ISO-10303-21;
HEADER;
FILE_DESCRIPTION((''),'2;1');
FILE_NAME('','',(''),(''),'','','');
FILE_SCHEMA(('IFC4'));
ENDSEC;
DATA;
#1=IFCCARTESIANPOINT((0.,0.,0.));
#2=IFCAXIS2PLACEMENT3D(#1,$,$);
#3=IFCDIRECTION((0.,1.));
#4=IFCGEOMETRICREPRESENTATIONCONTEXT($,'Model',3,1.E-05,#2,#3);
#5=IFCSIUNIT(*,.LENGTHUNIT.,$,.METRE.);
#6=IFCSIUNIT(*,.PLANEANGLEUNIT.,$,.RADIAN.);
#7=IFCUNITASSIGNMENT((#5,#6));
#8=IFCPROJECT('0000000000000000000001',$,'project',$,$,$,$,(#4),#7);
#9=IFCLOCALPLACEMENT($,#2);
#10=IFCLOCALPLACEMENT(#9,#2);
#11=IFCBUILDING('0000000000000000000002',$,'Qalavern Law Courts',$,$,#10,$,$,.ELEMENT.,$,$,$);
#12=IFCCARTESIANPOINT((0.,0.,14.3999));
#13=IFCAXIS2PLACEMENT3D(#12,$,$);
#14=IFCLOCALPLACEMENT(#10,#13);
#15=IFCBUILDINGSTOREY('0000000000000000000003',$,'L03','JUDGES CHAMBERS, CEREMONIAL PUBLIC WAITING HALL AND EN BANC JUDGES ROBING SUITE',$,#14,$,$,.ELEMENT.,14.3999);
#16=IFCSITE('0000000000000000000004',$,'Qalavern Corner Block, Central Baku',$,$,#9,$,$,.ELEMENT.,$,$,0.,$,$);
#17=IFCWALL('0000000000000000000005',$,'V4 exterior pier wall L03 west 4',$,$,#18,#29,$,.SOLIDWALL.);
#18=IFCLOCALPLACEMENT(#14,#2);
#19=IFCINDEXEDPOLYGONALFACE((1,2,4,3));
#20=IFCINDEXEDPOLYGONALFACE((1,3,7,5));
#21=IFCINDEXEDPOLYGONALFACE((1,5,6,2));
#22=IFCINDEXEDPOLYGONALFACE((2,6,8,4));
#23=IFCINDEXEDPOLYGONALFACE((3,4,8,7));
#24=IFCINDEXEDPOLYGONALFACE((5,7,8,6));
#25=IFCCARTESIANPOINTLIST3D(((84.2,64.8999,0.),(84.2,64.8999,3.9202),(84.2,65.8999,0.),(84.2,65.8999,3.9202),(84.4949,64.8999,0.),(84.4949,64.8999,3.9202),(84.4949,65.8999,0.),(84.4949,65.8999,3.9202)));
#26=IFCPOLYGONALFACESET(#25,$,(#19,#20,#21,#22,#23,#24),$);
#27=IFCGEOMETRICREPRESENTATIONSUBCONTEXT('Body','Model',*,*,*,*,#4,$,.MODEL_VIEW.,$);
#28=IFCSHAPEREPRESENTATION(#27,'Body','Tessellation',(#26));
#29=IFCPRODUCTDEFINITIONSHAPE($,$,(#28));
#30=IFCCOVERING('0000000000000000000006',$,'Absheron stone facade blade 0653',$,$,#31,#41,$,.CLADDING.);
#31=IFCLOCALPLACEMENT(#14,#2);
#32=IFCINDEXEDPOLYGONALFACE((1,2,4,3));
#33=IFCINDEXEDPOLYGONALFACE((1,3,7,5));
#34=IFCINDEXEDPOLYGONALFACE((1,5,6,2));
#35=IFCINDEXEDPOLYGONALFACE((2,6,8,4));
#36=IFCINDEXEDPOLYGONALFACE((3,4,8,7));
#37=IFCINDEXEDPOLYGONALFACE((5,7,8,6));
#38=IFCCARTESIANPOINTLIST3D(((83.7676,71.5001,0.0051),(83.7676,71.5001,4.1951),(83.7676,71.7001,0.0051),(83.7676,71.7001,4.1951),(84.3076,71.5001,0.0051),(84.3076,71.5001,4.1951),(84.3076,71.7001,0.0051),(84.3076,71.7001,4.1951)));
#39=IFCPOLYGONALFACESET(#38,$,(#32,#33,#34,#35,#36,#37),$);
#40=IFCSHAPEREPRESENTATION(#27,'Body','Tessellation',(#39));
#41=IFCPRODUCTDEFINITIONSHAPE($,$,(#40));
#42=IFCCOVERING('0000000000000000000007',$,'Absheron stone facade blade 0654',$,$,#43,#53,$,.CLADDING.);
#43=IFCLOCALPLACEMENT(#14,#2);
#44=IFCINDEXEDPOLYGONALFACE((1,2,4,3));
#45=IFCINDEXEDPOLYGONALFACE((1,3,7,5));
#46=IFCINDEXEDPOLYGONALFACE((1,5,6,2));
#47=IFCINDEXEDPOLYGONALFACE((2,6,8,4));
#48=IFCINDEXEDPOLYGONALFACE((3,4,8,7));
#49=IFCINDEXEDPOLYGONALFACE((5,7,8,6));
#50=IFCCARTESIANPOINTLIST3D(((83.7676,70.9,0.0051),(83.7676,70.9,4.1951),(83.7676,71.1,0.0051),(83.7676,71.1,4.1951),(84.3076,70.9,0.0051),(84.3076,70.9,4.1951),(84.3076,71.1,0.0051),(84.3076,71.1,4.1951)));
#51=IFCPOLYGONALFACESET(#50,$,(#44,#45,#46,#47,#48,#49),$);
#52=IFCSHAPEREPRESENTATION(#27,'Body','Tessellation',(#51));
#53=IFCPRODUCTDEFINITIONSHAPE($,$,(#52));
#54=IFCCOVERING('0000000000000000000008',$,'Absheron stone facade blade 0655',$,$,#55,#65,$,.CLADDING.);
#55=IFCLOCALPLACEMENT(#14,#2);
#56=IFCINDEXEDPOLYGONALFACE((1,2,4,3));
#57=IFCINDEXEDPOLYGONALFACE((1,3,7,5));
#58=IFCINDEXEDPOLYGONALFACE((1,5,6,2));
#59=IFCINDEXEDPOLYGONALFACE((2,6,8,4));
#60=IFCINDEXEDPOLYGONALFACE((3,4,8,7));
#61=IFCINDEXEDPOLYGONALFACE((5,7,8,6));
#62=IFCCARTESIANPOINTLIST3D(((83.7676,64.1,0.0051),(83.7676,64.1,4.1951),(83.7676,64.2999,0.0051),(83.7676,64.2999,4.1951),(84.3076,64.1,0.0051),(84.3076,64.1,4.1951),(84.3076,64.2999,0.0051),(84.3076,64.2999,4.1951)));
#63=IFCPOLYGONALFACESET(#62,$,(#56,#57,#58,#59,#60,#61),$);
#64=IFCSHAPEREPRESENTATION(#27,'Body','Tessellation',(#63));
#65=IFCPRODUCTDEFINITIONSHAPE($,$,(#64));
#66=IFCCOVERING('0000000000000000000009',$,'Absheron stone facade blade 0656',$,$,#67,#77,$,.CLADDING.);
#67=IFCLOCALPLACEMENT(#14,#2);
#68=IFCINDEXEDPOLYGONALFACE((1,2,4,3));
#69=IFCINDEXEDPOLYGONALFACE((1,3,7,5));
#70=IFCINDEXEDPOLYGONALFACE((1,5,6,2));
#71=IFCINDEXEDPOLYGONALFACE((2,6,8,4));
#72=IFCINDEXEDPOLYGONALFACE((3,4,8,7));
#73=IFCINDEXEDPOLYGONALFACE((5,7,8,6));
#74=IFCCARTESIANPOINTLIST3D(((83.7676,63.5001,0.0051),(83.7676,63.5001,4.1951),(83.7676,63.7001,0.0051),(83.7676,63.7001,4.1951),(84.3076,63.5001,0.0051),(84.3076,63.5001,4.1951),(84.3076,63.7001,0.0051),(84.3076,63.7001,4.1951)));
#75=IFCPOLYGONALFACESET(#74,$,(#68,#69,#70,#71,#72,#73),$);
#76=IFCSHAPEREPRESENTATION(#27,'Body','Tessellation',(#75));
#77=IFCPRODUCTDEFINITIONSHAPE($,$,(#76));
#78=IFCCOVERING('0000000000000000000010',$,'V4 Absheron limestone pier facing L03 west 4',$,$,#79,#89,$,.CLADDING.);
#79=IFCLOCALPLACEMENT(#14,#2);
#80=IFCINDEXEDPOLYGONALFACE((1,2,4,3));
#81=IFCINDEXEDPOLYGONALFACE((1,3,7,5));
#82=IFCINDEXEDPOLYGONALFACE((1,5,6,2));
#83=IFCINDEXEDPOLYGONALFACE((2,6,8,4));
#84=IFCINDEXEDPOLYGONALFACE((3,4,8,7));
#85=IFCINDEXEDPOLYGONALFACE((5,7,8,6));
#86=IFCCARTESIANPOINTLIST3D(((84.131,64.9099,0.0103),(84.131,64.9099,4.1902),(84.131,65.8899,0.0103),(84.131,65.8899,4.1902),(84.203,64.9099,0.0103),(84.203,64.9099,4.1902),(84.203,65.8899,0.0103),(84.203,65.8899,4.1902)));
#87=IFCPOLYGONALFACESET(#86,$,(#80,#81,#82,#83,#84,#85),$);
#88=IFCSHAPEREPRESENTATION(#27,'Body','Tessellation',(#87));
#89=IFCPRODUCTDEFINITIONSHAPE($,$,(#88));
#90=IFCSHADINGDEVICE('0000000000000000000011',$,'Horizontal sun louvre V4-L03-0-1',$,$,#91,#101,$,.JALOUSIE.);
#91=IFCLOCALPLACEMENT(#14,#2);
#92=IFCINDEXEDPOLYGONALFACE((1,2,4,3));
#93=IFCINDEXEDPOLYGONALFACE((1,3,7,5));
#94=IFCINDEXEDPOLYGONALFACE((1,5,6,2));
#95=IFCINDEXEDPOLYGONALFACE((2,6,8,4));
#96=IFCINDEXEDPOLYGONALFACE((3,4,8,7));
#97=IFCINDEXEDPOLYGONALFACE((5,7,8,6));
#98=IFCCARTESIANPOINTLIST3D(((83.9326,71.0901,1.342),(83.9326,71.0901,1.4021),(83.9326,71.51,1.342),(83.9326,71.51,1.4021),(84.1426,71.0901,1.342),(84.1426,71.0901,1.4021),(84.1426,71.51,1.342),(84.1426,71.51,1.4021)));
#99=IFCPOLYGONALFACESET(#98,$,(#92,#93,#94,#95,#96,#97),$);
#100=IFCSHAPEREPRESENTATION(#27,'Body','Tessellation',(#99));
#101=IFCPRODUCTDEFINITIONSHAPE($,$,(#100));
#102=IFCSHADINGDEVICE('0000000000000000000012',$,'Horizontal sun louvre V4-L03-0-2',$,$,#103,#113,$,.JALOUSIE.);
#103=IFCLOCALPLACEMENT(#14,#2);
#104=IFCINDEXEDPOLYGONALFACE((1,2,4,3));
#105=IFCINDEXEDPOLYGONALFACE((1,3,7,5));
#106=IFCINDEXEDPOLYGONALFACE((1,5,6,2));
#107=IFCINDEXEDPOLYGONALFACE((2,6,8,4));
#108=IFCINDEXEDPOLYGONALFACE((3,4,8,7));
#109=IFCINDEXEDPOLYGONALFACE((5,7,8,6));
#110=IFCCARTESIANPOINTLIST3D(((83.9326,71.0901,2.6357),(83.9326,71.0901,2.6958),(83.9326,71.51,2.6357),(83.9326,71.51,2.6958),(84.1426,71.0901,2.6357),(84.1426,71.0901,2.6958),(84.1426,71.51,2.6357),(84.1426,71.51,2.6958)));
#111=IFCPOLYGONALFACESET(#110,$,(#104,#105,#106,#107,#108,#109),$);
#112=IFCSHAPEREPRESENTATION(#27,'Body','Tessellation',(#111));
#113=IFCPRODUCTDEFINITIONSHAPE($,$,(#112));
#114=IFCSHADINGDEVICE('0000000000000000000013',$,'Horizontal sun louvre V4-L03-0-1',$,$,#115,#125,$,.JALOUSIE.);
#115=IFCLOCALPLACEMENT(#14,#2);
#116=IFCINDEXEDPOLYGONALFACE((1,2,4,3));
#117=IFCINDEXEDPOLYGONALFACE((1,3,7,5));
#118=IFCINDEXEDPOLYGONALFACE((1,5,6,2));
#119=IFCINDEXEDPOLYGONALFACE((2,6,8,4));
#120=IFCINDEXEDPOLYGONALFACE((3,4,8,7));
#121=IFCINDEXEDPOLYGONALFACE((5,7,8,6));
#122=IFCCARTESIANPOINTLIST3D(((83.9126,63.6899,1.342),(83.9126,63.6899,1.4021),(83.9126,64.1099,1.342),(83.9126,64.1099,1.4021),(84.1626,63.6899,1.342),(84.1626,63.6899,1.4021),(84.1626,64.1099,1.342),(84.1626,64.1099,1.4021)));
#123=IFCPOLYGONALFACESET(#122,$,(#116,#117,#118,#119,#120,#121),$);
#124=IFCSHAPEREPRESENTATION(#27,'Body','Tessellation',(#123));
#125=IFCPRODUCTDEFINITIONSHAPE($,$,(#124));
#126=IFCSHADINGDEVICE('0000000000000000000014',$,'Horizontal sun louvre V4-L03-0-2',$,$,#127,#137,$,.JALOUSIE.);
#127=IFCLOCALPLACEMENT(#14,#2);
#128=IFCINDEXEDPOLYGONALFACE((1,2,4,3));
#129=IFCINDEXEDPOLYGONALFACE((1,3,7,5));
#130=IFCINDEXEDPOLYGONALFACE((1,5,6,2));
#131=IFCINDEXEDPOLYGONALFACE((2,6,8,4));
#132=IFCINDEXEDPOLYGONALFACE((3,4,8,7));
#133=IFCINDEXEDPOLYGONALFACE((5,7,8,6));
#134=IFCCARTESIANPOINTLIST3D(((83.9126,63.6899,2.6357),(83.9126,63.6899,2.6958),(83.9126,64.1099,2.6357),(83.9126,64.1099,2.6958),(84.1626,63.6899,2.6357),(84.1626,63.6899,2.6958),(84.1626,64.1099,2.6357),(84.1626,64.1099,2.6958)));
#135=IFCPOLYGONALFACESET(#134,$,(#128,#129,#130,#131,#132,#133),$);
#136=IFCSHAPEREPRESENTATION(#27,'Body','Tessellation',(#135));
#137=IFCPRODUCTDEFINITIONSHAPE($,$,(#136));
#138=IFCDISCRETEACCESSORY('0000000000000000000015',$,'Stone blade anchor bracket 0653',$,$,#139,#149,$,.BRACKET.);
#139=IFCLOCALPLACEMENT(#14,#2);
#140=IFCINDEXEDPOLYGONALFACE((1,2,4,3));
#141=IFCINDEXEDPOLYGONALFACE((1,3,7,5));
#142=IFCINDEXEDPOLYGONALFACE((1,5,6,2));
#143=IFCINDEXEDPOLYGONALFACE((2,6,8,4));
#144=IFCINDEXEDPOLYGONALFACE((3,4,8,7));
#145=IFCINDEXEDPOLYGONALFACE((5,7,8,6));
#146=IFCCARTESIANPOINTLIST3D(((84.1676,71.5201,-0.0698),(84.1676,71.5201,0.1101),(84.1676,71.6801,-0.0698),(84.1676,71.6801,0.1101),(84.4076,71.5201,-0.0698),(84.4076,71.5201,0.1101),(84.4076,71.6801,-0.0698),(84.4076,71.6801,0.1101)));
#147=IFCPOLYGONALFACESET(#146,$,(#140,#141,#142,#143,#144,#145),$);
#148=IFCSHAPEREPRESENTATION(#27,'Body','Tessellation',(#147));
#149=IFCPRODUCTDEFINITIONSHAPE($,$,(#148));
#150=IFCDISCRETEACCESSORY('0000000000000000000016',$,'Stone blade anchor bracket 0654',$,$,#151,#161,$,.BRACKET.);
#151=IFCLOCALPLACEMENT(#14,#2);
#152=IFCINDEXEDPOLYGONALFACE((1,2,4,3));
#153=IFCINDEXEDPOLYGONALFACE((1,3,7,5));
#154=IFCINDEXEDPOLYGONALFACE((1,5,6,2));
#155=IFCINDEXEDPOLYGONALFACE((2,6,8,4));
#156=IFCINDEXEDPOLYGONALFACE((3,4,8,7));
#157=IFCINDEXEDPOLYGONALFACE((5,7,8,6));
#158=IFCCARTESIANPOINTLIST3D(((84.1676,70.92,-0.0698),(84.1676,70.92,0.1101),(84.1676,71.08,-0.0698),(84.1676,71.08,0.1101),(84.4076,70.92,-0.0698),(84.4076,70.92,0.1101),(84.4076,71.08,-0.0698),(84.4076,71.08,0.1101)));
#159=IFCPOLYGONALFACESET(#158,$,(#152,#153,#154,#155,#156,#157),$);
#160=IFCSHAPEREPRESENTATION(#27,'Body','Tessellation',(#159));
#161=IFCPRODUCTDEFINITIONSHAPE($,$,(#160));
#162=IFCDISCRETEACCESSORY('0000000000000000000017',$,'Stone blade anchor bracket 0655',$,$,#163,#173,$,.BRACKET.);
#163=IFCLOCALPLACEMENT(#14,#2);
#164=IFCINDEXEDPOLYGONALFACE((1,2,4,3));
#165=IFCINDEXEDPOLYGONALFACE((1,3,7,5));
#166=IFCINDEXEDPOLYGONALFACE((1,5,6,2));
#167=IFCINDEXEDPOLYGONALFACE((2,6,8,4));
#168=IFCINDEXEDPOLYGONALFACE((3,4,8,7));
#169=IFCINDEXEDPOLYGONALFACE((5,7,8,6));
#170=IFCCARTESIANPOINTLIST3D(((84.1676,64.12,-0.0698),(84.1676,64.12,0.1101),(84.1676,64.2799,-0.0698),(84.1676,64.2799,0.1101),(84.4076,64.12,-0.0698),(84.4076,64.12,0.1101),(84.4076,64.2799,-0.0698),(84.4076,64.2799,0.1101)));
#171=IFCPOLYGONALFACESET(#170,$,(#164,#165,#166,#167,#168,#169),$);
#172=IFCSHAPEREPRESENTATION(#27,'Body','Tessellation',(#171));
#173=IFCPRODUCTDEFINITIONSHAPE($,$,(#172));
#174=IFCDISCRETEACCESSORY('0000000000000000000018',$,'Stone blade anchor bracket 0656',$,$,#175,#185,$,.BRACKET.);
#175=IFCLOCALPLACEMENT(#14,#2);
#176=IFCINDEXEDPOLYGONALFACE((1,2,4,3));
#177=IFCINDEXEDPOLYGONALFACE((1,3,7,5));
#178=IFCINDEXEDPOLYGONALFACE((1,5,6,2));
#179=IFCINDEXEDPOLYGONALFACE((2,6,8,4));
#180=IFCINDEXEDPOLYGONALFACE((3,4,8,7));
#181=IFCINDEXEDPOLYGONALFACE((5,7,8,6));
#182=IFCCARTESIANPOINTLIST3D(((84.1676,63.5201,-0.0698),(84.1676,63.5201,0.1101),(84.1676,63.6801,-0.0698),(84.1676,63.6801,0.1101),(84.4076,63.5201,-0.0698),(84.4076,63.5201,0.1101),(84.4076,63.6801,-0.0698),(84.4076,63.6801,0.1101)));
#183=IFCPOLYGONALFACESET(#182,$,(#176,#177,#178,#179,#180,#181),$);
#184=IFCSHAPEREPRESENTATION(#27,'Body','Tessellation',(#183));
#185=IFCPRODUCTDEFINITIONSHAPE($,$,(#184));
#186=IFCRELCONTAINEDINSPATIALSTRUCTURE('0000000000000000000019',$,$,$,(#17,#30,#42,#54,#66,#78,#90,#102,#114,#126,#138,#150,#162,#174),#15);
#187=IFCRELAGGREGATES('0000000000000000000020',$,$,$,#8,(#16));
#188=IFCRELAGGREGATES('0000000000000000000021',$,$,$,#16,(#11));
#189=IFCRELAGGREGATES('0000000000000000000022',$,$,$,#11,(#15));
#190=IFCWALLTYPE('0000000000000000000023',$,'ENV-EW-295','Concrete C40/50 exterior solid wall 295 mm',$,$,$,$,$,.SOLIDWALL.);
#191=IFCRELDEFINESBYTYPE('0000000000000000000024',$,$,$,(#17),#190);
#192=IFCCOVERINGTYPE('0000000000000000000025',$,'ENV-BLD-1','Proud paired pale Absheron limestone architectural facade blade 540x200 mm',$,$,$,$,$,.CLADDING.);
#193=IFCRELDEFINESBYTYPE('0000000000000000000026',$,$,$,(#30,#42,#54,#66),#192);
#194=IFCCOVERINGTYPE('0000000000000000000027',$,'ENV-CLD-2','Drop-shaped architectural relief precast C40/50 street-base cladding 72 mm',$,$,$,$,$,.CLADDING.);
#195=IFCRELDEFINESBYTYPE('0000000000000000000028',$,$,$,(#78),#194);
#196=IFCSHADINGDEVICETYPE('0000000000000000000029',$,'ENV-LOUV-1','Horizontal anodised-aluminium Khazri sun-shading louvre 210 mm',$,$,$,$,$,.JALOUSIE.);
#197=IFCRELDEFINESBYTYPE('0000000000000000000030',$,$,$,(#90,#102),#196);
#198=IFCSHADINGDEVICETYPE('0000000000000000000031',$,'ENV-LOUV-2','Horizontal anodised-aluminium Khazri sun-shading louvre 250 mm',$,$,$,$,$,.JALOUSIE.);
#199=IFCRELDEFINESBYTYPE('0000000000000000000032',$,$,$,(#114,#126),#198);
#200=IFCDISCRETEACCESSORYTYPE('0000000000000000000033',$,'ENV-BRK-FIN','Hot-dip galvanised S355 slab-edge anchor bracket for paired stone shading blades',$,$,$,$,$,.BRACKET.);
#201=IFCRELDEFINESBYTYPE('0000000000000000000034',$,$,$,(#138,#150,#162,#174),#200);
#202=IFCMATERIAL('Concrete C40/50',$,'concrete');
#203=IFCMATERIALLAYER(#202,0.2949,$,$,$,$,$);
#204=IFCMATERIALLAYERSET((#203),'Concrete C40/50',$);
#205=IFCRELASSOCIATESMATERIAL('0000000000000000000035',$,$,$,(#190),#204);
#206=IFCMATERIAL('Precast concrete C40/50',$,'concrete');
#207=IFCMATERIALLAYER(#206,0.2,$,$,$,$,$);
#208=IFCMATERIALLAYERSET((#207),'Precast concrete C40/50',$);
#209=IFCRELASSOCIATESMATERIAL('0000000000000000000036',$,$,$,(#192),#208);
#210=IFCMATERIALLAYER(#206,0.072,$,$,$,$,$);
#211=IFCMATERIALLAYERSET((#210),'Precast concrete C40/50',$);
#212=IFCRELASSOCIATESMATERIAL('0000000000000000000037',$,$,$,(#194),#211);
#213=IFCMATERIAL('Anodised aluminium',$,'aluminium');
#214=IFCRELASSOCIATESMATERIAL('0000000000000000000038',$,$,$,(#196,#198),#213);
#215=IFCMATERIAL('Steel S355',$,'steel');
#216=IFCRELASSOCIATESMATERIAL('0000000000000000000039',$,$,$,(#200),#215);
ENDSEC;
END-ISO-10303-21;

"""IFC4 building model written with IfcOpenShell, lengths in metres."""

from ifc_helpers import new_model, si_unit, direction, frame, frame_2d, origin, origin_2d, place, context, subcontext, project, spatial, rectangle, extrude, material, layer, layer_set, type_object, element, save


model = new_model("IFC4")

# Units and contexts
model_context = context("Model", 3, precision=1e-05, world=origin(), true_north=direction((0.0, 1.0)))
body_context = subcontext(model_context, "Body", "Model", "MODEL_VIEW")
ifc_project = project(units=[si_unit("LENGTHUNIT", "METRE"), si_unit("PLANEANGLEUNIT", "RADIAN")], contexts=[model_context])

# Site, building, storey
site_placement = place(None, origin())
site = spatial("IfcSite", under=ifc_project, at=site_placement, Name="Qalavern Corner Block, Central Baku", CompositionType="ELEMENT", RefElevation=0.0)
building_placement = place(site_placement, origin())
building = spatial("IfcBuilding", under=site, at=building_placement, Name="Qalavern Law Courts", CompositionType="ELEMENT")
storey_placement = place(building_placement, frame((0.0, 0.0, 14.3999)))
storey = spatial("IfcBuildingStorey", under=building, at=storey_placement, Name="L03", Description="JUDGES CHAMBERS, CEREMONIAL PUBLIC WAITING HALL AND EN BANC JUDGES ROBING SUITE", CompositionType="ELEMENT", Elevation=14.3999)

# Shared definitions
ifc_material_1 = material(Name="Anodised aluminium", Category="aluminium")

# Wall
ifc_material_2 = material(Name="Concrete C40/50", Category="concrete")
ifc_layer_1 = layer(ifc_material_2, 0.2949)
ifc_layer_set_1 = layer_set([ifc_layer_1], Name="Concrete C40/50")
wall_type = type_object("IfcWallType", Name="ENV-EW-295", Description="Concrete C40/50 exterior solid wall 295 mm", PredefinedType="SOLIDWALL", material=ifc_layer_set_1)
wall_placement = place(storey_placement, frame((84.3474, 65.8999, 0.0), z_axis=(0.0, 0.0, 1.0), x_axis=(0.0, -1.0, 0.0)))
element("IfcWall", 1, at=wall_placement, inside=storey, type_object=wall_type, Name="V4 exterior pier wall L03 west 4", PredefinedType="SOLIDWALL", context=body_context, shape_type="SweptSolid", body=[
    extrude(rectangle(XDim=1.0, YDim=0.2949, at=frame_2d((0.5, 0.0))), origin(), (0.0, 0.0, 1.0), 3.9202),
])

# Coverings
ifc_material_3 = material(Name="Precast concrete C40/50", Category="concrete")
ifc_layer_2 = layer(ifc_material_3, 0.2)
ifc_layer_set_2 = layer_set([ifc_layer_2], Name="Precast concrete C40/50")
covering_type_1 = type_object("IfcCoveringType", Name="ENV-BLD-1", Description="Proud paired pale Absheron limestone architectural facade blade 540x200 mm", PredefinedType="CLADDING", material=ifc_layer_set_2)
for number, where, z_axis, x_axis, name in (
    (2, (84.0376, 71.6001, 0.0051), (0.0, 0.0, 1.0), (-1.0, 0.0, 0.0), "Absheron stone facade blade 0653"),
    (3, (84.0376, 71.0, 0.0051), (0.0, 0.0, 1.0), (-1.0, 0.0, 0.0), "Absheron stone facade blade 0654"),
    (4, (84.0376, 64.2, 0.0051), (0.0, 0.0, 1.0), (-1.0, 0.0, 0.0), "Absheron stone facade blade 0655"),
    (5, (84.0376, 63.6001, 0.0051), (0.0, 0.0, 1.0), (-1.0, 0.0, 0.0), "Absheron stone facade blade 0656"),
):
    element("IfcCovering", number, at=place(storey_placement, frame(where, z_axis=z_axis, x_axis=x_axis)), inside=storey, type_object=covering_type_1, Name=name, PredefinedType="CLADDING", context=body_context, shape_type="SweptSolid", body=[
        extrude(rectangle(XDim=0.54, YDim=0.2, at=origin_2d()), origin(), (0.0, 0.0, 1.0), 4.1899),
    ])
ifc_layer_3 = layer(ifc_material_3, 0.072)
ifc_layer_set_3 = layer_set([ifc_layer_3], Name="Precast concrete C40/50")
covering_type_2 = type_object("IfcCoveringType", Name="ENV-CLD-2", Description="Drop-shaped architectural relief precast C40/50 street-base cladding 72 mm", PredefinedType="CLADDING", material=ifc_layer_set_3)
covering_placement = place(storey_placement, frame((84.167, 65.3999, 0.0103), z_axis=(0.0, 0.0, 1.0), x_axis=(0.0, -1.0, 0.0)))
element("IfcCovering", 6, at=covering_placement, inside=storey, type_object=covering_type_2, Name="V4 Absheron limestone pier facing L03 west 4", PredefinedType="CLADDING", context=body_context, shape_type="SweptSolid", body=[
    extrude(rectangle(XDim=0.98, YDim=0.072, at=origin_2d()), origin(), (0.0, 0.0, 1.0), 4.1799),
])

# Shading devices
shading_device_type_1 = type_object("IfcShadingDeviceType", Name="ENV-LOUV-1", Description="Horizontal anodised-aluminium Khazri sun-shading louvre 210 mm", PredefinedType="JALOUSIE", material=ifc_material_1)
for number, where, z_axis, x_axis, name in (
    (7, (84.0376, 71.3, 1.342), (0.0, 0.0, 1.0), (0.0, -1.0, 0.0), "Horizontal sun louvre V4-L03-0-1"),
    (8, (84.0376, 71.3, 2.6357), (0.0, 0.0, 1.0), (0.0, -1.0, 0.0), "Horizontal sun louvre V4-L03-0-2"),
):
    element("IfcShadingDevice", number, at=place(storey_placement, frame(where, z_axis=z_axis, x_axis=x_axis)), inside=storey, type_object=shading_device_type_1, Name=name, PredefinedType="JALOUSIE", context=body_context, shape_type="SweptSolid", body=[
        extrude(rectangle(XDim=0.4199, YDim=0.21, at=origin_2d()), origin(), (0.0, 0.0, 1.0), 0.0601),
    ])
shading_device_type_2 = type_object("IfcShadingDeviceType", Name="ENV-LOUV-2", Description="Horizontal anodised-aluminium Khazri sun-shading louvre 250 mm", PredefinedType="JALOUSIE", material=ifc_material_1)
for number, where, z_axis, x_axis, name in (
    (9, (84.0376, 63.8999, 1.342), (0.0, 0.0, 1.0), (0.0, -1.0, 0.0), "Horizontal sun louvre V4-L03-0-1"),
    (10, (84.0376, 63.8999, 2.6357), (0.0, 0.0, 1.0), (0.0, -1.0, 0.0), "Horizontal sun louvre V4-L03-0-2"),
):
    element("IfcShadingDevice", number, at=place(storey_placement, frame(where, z_axis=z_axis, x_axis=x_axis)), inside=storey, type_object=shading_device_type_2, Name=name, PredefinedType="JALOUSIE", context=body_context, shape_type="SweptSolid", body=[
        extrude(rectangle(XDim=0.4199, YDim=0.25, at=origin_2d()), origin(), (0.0, 0.0, 1.0), 0.0601),
    ])

# Discrete accessories
ifc_material_4 = material(Name="Steel S355", Category="steel")
discrete_accessory_type = type_object("IfcDiscreteAccessoryType", Name="ENV-BRK-FIN", Description="Hot-dip galvanised S355 slab-edge anchor bracket for paired stone shading blades", PredefinedType="BRACKET", material=ifc_material_4)
for number, where, z_axis, x_axis, name in (
    (11, (84.2876, 71.6001, -0.0698), (0.0, 0.0, 1.0), (-1.0, 0.0, 0.0), "Stone blade anchor bracket 0653"),
    (12, (84.2876, 71.0, -0.0698), (0.0, 0.0, 1.0), (-1.0, 0.0, 0.0), "Stone blade anchor bracket 0654"),
    (13, (84.2876, 64.2, -0.0698), (0.0, 0.0, 1.0), (-1.0, 0.0, 0.0), "Stone blade anchor bracket 0655"),
    (14, (84.2876, 63.6001, -0.0698), (0.0, 0.0, 1.0), (-1.0, 0.0, 0.0), "Stone blade anchor bracket 0656"),
):
    element("IfcDiscreteAccessory", number, at=place(storey_placement, frame(where, z_axis=z_axis, x_axis=x_axis)), inside=storey, type_object=discrete_accessory_type, Name=name, PredefinedType="BRACKET", context=body_context, shape_type="SweptSolid", body=[
        extrude(rectangle(XDim=0.24, YDim=0.1599, at=origin_2d()), origin(), (0.0, 0.0, 1.0), 0.1799),
    ])

save(model, "model.ifc")
